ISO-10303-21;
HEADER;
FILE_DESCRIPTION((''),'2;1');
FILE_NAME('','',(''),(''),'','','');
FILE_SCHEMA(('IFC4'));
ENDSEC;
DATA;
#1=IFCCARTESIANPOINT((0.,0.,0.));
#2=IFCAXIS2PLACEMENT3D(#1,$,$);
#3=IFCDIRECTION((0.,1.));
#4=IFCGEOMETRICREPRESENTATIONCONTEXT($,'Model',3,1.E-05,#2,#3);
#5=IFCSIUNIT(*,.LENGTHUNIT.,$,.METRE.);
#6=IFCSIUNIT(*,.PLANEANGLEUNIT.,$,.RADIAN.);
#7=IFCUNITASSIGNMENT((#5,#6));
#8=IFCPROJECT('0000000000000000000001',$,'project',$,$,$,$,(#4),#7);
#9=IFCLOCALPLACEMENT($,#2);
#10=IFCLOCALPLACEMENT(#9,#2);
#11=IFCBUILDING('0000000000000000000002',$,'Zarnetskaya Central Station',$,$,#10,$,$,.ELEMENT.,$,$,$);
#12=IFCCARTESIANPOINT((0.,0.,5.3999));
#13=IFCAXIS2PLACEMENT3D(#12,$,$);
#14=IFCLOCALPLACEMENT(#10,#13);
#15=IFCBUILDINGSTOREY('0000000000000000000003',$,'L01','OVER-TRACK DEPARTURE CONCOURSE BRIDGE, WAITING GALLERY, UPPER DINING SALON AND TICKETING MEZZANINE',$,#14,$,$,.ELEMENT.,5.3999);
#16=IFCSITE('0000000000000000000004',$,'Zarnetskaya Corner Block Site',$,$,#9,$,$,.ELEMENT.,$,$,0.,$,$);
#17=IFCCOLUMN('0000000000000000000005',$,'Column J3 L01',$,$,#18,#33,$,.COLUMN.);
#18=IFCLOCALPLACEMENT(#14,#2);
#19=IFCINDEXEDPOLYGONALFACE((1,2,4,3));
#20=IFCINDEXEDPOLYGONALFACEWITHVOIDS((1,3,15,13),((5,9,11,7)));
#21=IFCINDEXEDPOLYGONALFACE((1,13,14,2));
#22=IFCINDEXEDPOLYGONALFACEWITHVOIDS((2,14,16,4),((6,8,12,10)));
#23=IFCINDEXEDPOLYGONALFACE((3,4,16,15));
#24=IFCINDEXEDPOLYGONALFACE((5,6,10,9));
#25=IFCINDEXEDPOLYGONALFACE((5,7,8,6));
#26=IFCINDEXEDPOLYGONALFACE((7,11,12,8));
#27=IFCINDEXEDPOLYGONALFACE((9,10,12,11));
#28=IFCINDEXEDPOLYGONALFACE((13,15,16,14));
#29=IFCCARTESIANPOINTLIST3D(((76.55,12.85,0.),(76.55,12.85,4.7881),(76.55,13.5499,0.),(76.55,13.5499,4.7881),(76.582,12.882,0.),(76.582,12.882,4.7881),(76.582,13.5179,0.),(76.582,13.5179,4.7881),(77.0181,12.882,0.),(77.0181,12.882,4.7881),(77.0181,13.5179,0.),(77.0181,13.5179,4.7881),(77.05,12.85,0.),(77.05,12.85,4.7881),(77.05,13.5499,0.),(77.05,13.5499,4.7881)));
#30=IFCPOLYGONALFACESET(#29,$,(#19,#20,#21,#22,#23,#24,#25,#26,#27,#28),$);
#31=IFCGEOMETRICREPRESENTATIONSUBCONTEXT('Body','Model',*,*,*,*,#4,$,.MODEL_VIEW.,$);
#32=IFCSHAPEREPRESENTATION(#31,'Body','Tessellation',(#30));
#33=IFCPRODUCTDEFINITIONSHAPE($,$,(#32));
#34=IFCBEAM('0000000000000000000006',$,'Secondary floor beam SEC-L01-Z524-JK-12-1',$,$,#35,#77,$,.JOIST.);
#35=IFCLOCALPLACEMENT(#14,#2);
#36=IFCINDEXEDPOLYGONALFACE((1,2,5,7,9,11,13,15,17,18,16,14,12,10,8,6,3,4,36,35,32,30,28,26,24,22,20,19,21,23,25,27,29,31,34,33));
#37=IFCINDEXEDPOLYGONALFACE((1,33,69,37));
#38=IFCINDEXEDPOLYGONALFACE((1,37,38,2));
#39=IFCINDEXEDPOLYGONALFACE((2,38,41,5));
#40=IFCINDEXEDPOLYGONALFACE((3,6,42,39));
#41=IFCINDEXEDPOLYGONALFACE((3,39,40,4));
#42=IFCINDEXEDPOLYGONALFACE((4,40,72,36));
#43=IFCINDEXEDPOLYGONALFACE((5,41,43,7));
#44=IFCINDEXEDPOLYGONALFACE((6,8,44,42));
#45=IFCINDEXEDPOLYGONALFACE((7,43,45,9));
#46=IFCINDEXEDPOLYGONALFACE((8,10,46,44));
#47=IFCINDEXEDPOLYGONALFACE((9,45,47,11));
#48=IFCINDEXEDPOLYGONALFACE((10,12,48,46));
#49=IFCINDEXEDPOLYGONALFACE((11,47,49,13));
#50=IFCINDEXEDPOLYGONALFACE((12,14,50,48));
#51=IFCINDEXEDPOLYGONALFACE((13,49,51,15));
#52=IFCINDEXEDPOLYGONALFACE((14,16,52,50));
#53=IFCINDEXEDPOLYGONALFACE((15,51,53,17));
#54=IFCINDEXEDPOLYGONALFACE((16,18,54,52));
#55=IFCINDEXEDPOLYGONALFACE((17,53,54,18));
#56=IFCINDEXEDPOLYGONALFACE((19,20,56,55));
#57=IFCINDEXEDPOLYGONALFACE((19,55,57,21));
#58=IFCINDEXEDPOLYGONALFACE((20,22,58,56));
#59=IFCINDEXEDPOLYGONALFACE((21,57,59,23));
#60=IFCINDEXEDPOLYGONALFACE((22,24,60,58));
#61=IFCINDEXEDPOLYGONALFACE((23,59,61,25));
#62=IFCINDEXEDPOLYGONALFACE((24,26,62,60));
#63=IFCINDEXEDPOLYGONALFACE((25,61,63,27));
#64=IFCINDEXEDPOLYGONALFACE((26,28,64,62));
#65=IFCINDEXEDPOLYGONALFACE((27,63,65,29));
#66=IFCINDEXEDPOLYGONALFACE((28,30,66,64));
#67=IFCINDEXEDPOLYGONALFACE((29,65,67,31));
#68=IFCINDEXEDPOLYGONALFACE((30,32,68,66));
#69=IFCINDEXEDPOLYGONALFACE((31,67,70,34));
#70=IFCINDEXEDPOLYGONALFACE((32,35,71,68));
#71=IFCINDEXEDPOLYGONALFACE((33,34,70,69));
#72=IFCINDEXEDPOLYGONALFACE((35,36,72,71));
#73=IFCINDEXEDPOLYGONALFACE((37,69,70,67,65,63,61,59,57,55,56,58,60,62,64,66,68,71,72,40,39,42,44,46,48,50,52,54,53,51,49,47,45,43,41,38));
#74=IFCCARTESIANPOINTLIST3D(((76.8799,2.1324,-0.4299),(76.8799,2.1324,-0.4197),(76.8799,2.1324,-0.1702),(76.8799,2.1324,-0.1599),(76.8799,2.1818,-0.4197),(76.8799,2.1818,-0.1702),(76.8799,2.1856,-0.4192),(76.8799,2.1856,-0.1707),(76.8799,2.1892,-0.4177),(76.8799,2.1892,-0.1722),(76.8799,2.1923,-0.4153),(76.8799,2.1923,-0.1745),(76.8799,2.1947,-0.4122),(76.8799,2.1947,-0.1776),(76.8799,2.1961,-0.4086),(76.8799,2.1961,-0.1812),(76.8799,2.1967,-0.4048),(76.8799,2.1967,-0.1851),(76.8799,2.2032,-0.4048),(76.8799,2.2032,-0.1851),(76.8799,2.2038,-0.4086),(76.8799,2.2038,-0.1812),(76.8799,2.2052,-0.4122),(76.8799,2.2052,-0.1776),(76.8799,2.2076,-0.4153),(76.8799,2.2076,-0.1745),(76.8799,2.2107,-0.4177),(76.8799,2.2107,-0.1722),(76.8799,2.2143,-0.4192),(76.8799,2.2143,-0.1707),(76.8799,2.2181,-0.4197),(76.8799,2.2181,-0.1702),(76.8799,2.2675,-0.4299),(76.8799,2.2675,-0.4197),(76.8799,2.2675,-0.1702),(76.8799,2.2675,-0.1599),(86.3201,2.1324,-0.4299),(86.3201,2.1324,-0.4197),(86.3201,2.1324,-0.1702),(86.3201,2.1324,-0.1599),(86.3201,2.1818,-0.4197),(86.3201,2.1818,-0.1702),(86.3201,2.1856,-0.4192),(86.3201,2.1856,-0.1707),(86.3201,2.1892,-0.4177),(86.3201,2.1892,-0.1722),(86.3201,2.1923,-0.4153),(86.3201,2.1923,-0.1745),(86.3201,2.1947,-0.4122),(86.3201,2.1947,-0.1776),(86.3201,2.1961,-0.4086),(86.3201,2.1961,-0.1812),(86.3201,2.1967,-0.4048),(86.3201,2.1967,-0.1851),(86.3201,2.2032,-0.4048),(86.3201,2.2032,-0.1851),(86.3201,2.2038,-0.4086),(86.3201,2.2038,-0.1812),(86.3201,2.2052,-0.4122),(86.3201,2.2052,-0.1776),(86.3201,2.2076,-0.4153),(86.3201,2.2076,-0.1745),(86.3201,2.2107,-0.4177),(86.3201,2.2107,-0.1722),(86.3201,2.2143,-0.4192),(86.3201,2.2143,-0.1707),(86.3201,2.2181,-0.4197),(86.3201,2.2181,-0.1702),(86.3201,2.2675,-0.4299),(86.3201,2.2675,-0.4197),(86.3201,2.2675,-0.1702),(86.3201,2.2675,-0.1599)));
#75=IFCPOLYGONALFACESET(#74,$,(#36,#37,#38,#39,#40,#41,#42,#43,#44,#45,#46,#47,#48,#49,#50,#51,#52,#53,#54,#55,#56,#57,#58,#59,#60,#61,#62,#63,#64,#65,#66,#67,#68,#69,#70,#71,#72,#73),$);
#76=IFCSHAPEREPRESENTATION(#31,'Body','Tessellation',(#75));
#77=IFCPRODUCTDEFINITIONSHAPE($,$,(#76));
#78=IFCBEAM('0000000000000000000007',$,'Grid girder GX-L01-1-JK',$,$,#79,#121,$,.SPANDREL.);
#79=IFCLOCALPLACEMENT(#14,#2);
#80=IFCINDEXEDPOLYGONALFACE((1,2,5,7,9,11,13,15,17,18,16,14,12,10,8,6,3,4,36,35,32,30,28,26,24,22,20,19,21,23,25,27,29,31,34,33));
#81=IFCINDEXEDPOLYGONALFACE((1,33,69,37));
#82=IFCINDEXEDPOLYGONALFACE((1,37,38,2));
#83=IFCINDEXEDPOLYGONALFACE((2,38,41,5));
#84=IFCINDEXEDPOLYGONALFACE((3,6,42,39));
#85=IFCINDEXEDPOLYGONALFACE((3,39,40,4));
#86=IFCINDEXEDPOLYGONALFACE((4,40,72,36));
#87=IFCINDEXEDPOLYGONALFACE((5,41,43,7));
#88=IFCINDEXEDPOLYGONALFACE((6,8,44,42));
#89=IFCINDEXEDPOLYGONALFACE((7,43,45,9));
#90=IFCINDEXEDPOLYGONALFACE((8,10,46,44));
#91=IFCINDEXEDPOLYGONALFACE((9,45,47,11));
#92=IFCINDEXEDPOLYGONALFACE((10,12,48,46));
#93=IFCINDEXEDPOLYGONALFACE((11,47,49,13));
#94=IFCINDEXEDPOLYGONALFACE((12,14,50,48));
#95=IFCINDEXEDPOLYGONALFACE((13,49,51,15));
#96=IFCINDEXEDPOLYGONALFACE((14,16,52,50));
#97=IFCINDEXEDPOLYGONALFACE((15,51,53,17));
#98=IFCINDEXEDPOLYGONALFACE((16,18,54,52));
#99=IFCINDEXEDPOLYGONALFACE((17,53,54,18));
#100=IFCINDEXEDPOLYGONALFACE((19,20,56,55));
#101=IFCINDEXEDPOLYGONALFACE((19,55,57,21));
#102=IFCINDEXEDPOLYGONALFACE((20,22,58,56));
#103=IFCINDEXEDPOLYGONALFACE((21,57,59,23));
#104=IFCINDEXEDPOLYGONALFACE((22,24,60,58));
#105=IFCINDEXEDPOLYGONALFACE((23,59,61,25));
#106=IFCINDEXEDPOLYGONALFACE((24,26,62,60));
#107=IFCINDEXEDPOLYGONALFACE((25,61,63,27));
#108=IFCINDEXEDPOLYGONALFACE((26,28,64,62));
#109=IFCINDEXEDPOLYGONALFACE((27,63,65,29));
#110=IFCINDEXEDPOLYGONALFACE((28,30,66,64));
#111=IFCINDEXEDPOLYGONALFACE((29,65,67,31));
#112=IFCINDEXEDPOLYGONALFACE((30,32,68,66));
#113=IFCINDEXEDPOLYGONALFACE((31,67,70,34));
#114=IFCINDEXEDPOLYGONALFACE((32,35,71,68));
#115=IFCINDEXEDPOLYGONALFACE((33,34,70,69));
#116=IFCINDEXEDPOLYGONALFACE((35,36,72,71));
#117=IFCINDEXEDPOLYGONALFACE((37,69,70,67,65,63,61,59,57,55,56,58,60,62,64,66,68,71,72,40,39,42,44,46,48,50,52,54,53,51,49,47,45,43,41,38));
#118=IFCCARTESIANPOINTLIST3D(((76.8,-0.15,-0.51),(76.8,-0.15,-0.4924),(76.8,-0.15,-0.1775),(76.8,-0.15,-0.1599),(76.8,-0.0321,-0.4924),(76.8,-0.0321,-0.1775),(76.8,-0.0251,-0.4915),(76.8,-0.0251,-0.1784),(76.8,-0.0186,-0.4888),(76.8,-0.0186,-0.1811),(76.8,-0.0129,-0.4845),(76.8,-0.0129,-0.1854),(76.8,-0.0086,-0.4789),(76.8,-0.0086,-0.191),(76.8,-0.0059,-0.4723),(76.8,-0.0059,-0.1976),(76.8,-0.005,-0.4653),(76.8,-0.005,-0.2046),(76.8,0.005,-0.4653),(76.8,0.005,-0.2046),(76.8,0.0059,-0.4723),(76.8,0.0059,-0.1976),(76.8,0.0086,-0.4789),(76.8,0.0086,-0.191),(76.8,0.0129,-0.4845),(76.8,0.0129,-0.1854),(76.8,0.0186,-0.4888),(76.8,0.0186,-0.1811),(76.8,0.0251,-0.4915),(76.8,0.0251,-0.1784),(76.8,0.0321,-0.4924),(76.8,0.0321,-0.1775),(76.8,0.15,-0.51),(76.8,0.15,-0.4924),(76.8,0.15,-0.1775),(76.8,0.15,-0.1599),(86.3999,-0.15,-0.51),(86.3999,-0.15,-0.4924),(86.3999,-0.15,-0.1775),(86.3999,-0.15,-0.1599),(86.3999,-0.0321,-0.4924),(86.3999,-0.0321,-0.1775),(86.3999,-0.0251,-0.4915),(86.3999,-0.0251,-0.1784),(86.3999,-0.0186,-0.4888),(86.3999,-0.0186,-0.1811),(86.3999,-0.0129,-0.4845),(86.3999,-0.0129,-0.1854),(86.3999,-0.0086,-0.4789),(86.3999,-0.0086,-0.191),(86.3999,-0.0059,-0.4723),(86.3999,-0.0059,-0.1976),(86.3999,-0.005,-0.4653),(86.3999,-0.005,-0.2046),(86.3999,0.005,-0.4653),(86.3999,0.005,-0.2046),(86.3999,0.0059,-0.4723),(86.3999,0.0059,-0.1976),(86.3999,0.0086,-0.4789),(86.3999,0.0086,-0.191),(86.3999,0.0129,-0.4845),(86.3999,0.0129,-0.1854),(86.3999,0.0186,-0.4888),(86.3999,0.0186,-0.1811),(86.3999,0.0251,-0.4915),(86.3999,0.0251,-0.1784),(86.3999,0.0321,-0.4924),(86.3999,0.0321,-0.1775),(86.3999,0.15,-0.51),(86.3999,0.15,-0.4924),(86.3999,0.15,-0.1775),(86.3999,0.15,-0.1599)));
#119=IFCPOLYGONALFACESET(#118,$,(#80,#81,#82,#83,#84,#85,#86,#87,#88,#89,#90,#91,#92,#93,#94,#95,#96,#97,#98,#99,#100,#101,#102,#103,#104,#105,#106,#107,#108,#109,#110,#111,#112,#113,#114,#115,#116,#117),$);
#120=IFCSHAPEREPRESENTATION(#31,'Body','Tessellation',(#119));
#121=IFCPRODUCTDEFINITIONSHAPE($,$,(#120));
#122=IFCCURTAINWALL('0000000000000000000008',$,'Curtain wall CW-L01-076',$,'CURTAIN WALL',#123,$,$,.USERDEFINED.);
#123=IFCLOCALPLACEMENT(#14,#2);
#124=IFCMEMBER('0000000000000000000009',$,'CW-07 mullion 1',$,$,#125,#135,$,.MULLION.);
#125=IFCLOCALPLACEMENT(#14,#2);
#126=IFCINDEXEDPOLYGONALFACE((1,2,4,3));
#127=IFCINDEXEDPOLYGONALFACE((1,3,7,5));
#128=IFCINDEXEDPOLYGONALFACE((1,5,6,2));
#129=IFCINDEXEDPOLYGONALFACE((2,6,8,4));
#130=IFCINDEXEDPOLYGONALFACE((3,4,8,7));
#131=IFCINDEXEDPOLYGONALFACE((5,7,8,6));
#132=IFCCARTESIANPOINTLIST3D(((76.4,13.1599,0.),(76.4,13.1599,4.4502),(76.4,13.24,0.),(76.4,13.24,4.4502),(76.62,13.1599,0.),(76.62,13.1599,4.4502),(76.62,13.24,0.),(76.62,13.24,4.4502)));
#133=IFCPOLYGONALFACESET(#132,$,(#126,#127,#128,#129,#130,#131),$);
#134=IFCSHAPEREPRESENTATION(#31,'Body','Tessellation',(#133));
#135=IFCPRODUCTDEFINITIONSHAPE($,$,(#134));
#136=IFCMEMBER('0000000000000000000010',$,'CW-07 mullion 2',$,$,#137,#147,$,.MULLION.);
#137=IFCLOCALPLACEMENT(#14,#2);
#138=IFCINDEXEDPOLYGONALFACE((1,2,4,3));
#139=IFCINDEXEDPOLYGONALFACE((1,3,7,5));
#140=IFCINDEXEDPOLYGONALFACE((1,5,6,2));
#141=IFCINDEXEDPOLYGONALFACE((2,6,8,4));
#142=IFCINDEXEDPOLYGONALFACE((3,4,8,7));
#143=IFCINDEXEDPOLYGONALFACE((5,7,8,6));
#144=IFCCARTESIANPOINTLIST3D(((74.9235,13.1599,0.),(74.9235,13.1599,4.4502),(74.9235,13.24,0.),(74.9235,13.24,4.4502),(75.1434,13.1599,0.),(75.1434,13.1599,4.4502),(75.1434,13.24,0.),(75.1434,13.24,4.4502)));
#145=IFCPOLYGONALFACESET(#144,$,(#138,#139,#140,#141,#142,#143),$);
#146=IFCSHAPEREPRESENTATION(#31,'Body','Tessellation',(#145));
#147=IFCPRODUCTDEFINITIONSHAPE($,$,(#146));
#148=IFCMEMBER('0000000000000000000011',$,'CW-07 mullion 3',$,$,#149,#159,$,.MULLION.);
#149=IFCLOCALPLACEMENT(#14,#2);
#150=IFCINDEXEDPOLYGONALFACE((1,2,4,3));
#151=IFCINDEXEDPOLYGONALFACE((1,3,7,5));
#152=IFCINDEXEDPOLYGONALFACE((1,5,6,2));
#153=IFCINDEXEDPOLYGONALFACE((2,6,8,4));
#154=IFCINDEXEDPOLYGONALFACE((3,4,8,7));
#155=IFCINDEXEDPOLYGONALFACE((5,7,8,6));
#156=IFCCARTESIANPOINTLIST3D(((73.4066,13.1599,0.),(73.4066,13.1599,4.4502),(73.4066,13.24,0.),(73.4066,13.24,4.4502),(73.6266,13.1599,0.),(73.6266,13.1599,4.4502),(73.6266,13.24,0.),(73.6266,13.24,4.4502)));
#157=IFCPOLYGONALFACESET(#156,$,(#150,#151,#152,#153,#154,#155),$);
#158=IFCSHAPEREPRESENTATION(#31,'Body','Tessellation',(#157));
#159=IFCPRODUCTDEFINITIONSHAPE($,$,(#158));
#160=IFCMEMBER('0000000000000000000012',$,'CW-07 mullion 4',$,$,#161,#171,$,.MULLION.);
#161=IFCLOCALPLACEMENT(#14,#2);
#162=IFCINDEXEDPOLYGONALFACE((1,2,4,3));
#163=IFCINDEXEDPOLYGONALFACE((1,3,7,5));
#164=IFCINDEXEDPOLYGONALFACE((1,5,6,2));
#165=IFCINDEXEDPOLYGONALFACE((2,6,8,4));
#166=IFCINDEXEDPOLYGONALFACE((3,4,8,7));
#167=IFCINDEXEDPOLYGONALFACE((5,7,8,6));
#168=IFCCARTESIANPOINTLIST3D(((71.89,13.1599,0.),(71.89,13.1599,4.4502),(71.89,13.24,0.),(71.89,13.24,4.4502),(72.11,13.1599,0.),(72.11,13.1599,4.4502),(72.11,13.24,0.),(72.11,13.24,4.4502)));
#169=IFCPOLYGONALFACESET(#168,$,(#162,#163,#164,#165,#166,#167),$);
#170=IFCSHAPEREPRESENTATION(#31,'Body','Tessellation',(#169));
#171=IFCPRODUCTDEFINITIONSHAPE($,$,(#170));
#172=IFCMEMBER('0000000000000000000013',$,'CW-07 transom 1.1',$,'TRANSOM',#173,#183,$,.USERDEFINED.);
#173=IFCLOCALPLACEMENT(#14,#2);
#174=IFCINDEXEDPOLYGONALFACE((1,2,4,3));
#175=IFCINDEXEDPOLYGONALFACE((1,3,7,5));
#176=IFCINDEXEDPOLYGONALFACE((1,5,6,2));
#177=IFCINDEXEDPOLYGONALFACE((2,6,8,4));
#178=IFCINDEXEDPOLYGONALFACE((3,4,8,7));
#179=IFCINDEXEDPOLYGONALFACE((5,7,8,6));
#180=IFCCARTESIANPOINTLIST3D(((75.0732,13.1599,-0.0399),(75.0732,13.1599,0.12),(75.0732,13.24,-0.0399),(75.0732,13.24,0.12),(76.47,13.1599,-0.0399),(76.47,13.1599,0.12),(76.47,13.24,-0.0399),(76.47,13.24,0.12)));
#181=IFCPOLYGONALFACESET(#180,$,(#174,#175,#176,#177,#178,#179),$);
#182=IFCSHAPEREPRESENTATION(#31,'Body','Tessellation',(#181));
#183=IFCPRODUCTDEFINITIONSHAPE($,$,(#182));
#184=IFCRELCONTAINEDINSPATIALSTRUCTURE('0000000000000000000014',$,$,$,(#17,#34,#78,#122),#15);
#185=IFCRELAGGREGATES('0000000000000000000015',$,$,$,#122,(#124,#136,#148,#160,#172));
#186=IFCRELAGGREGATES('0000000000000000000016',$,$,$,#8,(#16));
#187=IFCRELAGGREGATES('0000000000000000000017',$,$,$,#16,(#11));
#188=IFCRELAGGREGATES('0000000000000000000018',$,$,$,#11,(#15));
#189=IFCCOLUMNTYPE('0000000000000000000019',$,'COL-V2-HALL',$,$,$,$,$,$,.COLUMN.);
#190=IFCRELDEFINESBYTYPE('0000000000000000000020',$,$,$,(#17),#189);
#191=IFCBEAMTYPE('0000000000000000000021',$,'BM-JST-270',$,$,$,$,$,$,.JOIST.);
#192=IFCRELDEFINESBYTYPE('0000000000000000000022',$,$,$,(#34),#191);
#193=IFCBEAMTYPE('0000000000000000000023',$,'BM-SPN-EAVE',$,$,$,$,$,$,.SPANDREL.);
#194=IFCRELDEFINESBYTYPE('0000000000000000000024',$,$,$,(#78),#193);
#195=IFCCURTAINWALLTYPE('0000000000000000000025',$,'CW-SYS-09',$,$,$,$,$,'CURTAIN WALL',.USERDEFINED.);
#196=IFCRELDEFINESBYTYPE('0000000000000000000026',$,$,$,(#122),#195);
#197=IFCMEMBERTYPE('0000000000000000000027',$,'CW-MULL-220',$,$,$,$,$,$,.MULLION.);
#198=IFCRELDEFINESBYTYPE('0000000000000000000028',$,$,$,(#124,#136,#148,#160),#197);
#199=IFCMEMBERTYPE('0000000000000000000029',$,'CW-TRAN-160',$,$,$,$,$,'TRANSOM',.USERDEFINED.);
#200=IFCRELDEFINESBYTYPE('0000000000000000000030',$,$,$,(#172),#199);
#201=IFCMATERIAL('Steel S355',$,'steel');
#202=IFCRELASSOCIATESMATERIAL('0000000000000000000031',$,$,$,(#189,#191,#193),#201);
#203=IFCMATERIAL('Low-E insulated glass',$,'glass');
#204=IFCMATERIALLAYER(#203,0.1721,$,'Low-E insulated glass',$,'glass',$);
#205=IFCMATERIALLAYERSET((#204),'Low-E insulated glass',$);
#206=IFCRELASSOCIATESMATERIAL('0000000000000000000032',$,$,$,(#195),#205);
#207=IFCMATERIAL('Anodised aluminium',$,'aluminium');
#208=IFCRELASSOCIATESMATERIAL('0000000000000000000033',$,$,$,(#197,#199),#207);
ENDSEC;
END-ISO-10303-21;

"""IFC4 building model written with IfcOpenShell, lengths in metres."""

from ifc_helpers import new_model, si_unit, direction, frame, origin, origin_2d, place, context, subcontext, project, spatial, rectangle, hollow_rectangle, i_section, extrude, material, layer, layer_set, material_profile, profile_set, type_object, element, aggregate, save


model = new_model("IFC4")

# Units and contexts
model_context = context("Model", 3, precision=1e-05, world=origin(), true_north=direction((0.0, 1.0)))
body_context = subcontext(model_context, "Body", "Model", "MODEL_VIEW")
ifc_project = project(units=[si_unit("LENGTHUNIT", "METRE"), si_unit("PLANEANGLEUNIT", "RADIAN")], contexts=[model_context])

# Site, building, storey
site_placement = place(None, origin())
site = spatial("IfcSite", under=ifc_project, at=site_placement, Name="Zarnetskaya Corner Block Site", CompositionType="ELEMENT", RefElevation=0.0)
building_placement = place(site_placement, origin())
building = spatial("IfcBuilding", under=site, at=building_placement, Name="Zarnetskaya Central Station", CompositionType="ELEMENT")
storey_placement = place(building_placement, frame((0.0, 0.0, 5.3999)))
storey = spatial("IfcBuildingStorey", under=building, at=storey_placement, Name="L01", Description="OVER-TRACK DEPARTURE CONCOURSE BRIDGE, WAITING GALLERY, UPPER DINING SALON AND TICKETING MEZZANINE", CompositionType="ELEMENT", Elevation=5.3999)

# Column
ifc_material_1 = material(Name="Steel S355", Category="steel")
ifc_material_profile_1 = material_profile(ifc_material_1, hollow_rectangle(XDim=0.5, YDim=0.7, WallThickness=0.032, at=origin_2d()), Name="BOX 700x500x32")
ifc_profile_set_1 = profile_set([ifc_material_profile_1], Name="Steel S355")
column_type = type_object("IfcColumnType", Name="COL-V2-HALL", PredefinedType="COLUMN", material=ifc_profile_set_1)
column_placement = place(storey_placement, frame((76.8, 13.2, 0.0), z_axis=(0.0, 0.0, 1.0), x_axis=(1.0, 0.0, 0.0)))
element("IfcColumn", 1, at=column_placement, inside=storey, type_object=column_type, Name="Column J3 L01", PredefinedType="COLUMN", context=body_context, shape_type="SweptSolid", body=[
    extrude(hollow_rectangle(XDim=0.5, YDim=0.7, WallThickness=0.032, at=origin_2d()), origin(), (0.0, 0.0, 1.0), 4.7881),
])

# Beams
ifc_material_profile_2 = material_profile(ifc_material_1, i_section(OverallWidth=0.135, OverallDepth=0.27, WebThickness=0.0066, FlangeThickness=0.0103, FilletRadius=0.0149, at=origin_2d()), Name="IPE 270")
ifc_profile_set_2 = profile_set([ifc_material_profile_2], Name="Steel S355")
beam_type_1 = type_object("IfcBeamType", Name="BM-JST-270", PredefinedType="JOIST", material=ifc_profile_set_2)
beam_1_placement = place(storey_placement, frame((76.8799, 2.2, -0.2949), z_axis=(1.0, 0.0, 0.0), x_axis=(0.0, 1.0, 0.0)))
element("IfcBeam", 2, at=beam_1_placement, inside=storey, type_object=beam_type_1, Name="Secondary floor beam SEC-L01-Z524-JK-12-1", PredefinedType="JOIST", context=body_context, shape_type="SweptSolid", body=[
    extrude(i_section(OverallWidth=0.135, OverallDepth=0.27, WebThickness=0.0066, FlangeThickness=0.0103, FilletRadius=0.0149, at=origin_2d()), origin(), (0.0, 0.0, 1.0), 9.4402),
])
ifc_material_profile_3 = material_profile(ifc_material_1, i_section(OverallWidth=0.3, OverallDepth=0.3501, WebThickness=0.01, FlangeThickness=0.0176, FilletRadius=0.0271, at=origin_2d()), Name="HEA 360")
ifc_profile_set_3 = profile_set([ifc_material_profile_3], Name="Steel S355")
beam_type_2 = type_object("IfcBeamType", Name="BM-SPN-EAVE", PredefinedType="SPANDREL", material=ifc_profile_set_3)
beam_2_placement = place(storey_placement, frame((76.8, 0.0, -0.335), z_axis=(1.0, 0.0, 0.0), x_axis=(0.0, 1.0, 0.0)))
element("IfcBeam", 3, at=beam_2_placement, inside=storey, type_object=beam_type_2, Name="Grid girder GX-L01-1-JK", PredefinedType="SPANDREL", context=body_context, shape_type="SweptSolid", body=[
    extrude(i_section(OverallWidth=0.3, OverallDepth=0.3501, WebThickness=0.01, FlangeThickness=0.0176, FilletRadius=0.0271, at=origin_2d()), origin(), (0.0, 0.0, 1.0), 9.5999),
])

# Curtain wall, members
ifc_material_2 = material(Name="Low-E insulated glass", Category="glass")
ifc_layer_1 = layer(ifc_material_2, 0.1721, Name="Low-E insulated glass", Category="glass")
ifc_layer_set_1 = layer_set([ifc_layer_1], Name="Low-E insulated glass")
curtain_wall_type = type_object("IfcCurtainWallType", Name="CW-SYS-09", ElementType="CURTAIN WALL", PredefinedType="USERDEFINED", material=ifc_layer_set_1)
curtain_wall_placement = place(storey_placement, origin())
curtain_wall = element("IfcCurtainWall", 4, at=curtain_wall_placement, inside=storey, type_object=curtain_wall_type, Name="Curtain wall CW-L01-076", ObjectType="CURTAIN WALL", PredefinedType="USERDEFINED")
ifc_material_3 = material(Name="Anodised aluminium", Category="aluminium")
ifc_material_profile_4 = material_profile(ifc_material_3, rectangle(XDim=0.0801, YDim=0.22, at=origin_2d()), Name="ALU MULL 80x220")
ifc_profile_set_4 = profile_set([ifc_material_profile_4], Name="Anodised aluminium")
member_type_1 = type_object("IfcMemberType", Name="CW-MULL-220", PredefinedType="MULLION", material=ifc_profile_set_4)
member_1_placement = place(storey_placement, frame((76.51, 13.2, 0.0), z_axis=(0.0, 0.0, 1.0), x_axis=(0.0, -1.0, 0.0)))
member_1 = element("IfcMember", 5, at=member_1_placement, type_object=member_type_1, Name="CW-07 mullion 1", PredefinedType="MULLION", context=body_context, shape_type="SweptSolid", body=[
    extrude(rectangle(XDim=0.0801, YDim=0.22, at=origin_2d()), origin(), (0.0, 0.0, 1.0), 4.4502),
])
member_2_placement = place(storey_placement, frame((75.0334, 13.2, 0.0), z_axis=(0.0, 0.0, 1.0), x_axis=(0.0, -1.0, 0.0)))
member_2 = element("IfcMember", 6, at=member_2_placement, type_object=member_type_1, Name="CW-07 mullion 2", PredefinedType="MULLION", context=body_context, shape_type="SweptSolid", body=[
    extrude(rectangle(XDim=0.0801, YDim=0.22, at=origin_2d()), origin(), (0.0, 0.0, 1.0), 4.4502),
])
member_3_placement = place(storey_placement, frame((73.5166, 13.2, 0.0), z_axis=(0.0, 0.0, 1.0), x_axis=(0.0, -1.0, 0.0)))
member_3 = element("IfcMember", 7, at=member_3_placement, type_object=member_type_1, Name="CW-07 mullion 3", PredefinedType="MULLION", context=body_context, shape_type="SweptSolid", body=[
    extrude(rectangle(XDim=0.0801, YDim=0.22, at=origin_2d()), origin(), (0.0, 0.0, 1.0), 4.4502),
])
member_4_placement = place(storey_placement, frame((72.0, 13.2, 0.0), z_axis=(0.0, 0.0, 1.0), x_axis=(0.0, -1.0, 0.0)))
member_4 = element("IfcMember", 8, at=member_4_placement, type_object=member_type_1, Name="CW-07 mullion 4", PredefinedType="MULLION", context=body_context, shape_type="SweptSolid", body=[
    extrude(rectangle(XDim=0.0801, YDim=0.22, at=origin_2d()), origin(), (0.0, 0.0, 1.0), 4.4502),
])
ifc_material_profile_5 = material_profile(ifc_material_3, rectangle(XDim=0.0801, YDim=0.1599, at=origin_2d()), Name="ALU TRAN 80x160")
ifc_profile_set_5 = profile_set([ifc_material_profile_5], Name="Anodised aluminium")
member_type_2 = type_object("IfcMemberType", Name="CW-TRAN-160", ElementType="TRANSOM", PredefinedType="USERDEFINED", material=ifc_profile_set_5)
member_5_placement = place(storey_placement, frame((76.47, 13.2, 0.04), z_axis=(-1.0, 0.0, 0.0), x_axis=(0.0, -1.0, 0.0)))
member_5 = element("IfcMember", 9, at=member_5_placement, type_object=member_type_2, Name="CW-07 transom 1.1", ObjectType="TRANSOM", PredefinedType="USERDEFINED", context=body_context, shape_type="SweptSolid", body=[
    extrude(rectangle(XDim=0.0801, YDim=0.1599, at=origin_2d()), origin(), (0.0, 0.0, 1.0), 1.3967),
])

aggregate(curtain_wall, [member_1, member_2, member_3, member_4, member_5])

save(model, "model.ifc")
